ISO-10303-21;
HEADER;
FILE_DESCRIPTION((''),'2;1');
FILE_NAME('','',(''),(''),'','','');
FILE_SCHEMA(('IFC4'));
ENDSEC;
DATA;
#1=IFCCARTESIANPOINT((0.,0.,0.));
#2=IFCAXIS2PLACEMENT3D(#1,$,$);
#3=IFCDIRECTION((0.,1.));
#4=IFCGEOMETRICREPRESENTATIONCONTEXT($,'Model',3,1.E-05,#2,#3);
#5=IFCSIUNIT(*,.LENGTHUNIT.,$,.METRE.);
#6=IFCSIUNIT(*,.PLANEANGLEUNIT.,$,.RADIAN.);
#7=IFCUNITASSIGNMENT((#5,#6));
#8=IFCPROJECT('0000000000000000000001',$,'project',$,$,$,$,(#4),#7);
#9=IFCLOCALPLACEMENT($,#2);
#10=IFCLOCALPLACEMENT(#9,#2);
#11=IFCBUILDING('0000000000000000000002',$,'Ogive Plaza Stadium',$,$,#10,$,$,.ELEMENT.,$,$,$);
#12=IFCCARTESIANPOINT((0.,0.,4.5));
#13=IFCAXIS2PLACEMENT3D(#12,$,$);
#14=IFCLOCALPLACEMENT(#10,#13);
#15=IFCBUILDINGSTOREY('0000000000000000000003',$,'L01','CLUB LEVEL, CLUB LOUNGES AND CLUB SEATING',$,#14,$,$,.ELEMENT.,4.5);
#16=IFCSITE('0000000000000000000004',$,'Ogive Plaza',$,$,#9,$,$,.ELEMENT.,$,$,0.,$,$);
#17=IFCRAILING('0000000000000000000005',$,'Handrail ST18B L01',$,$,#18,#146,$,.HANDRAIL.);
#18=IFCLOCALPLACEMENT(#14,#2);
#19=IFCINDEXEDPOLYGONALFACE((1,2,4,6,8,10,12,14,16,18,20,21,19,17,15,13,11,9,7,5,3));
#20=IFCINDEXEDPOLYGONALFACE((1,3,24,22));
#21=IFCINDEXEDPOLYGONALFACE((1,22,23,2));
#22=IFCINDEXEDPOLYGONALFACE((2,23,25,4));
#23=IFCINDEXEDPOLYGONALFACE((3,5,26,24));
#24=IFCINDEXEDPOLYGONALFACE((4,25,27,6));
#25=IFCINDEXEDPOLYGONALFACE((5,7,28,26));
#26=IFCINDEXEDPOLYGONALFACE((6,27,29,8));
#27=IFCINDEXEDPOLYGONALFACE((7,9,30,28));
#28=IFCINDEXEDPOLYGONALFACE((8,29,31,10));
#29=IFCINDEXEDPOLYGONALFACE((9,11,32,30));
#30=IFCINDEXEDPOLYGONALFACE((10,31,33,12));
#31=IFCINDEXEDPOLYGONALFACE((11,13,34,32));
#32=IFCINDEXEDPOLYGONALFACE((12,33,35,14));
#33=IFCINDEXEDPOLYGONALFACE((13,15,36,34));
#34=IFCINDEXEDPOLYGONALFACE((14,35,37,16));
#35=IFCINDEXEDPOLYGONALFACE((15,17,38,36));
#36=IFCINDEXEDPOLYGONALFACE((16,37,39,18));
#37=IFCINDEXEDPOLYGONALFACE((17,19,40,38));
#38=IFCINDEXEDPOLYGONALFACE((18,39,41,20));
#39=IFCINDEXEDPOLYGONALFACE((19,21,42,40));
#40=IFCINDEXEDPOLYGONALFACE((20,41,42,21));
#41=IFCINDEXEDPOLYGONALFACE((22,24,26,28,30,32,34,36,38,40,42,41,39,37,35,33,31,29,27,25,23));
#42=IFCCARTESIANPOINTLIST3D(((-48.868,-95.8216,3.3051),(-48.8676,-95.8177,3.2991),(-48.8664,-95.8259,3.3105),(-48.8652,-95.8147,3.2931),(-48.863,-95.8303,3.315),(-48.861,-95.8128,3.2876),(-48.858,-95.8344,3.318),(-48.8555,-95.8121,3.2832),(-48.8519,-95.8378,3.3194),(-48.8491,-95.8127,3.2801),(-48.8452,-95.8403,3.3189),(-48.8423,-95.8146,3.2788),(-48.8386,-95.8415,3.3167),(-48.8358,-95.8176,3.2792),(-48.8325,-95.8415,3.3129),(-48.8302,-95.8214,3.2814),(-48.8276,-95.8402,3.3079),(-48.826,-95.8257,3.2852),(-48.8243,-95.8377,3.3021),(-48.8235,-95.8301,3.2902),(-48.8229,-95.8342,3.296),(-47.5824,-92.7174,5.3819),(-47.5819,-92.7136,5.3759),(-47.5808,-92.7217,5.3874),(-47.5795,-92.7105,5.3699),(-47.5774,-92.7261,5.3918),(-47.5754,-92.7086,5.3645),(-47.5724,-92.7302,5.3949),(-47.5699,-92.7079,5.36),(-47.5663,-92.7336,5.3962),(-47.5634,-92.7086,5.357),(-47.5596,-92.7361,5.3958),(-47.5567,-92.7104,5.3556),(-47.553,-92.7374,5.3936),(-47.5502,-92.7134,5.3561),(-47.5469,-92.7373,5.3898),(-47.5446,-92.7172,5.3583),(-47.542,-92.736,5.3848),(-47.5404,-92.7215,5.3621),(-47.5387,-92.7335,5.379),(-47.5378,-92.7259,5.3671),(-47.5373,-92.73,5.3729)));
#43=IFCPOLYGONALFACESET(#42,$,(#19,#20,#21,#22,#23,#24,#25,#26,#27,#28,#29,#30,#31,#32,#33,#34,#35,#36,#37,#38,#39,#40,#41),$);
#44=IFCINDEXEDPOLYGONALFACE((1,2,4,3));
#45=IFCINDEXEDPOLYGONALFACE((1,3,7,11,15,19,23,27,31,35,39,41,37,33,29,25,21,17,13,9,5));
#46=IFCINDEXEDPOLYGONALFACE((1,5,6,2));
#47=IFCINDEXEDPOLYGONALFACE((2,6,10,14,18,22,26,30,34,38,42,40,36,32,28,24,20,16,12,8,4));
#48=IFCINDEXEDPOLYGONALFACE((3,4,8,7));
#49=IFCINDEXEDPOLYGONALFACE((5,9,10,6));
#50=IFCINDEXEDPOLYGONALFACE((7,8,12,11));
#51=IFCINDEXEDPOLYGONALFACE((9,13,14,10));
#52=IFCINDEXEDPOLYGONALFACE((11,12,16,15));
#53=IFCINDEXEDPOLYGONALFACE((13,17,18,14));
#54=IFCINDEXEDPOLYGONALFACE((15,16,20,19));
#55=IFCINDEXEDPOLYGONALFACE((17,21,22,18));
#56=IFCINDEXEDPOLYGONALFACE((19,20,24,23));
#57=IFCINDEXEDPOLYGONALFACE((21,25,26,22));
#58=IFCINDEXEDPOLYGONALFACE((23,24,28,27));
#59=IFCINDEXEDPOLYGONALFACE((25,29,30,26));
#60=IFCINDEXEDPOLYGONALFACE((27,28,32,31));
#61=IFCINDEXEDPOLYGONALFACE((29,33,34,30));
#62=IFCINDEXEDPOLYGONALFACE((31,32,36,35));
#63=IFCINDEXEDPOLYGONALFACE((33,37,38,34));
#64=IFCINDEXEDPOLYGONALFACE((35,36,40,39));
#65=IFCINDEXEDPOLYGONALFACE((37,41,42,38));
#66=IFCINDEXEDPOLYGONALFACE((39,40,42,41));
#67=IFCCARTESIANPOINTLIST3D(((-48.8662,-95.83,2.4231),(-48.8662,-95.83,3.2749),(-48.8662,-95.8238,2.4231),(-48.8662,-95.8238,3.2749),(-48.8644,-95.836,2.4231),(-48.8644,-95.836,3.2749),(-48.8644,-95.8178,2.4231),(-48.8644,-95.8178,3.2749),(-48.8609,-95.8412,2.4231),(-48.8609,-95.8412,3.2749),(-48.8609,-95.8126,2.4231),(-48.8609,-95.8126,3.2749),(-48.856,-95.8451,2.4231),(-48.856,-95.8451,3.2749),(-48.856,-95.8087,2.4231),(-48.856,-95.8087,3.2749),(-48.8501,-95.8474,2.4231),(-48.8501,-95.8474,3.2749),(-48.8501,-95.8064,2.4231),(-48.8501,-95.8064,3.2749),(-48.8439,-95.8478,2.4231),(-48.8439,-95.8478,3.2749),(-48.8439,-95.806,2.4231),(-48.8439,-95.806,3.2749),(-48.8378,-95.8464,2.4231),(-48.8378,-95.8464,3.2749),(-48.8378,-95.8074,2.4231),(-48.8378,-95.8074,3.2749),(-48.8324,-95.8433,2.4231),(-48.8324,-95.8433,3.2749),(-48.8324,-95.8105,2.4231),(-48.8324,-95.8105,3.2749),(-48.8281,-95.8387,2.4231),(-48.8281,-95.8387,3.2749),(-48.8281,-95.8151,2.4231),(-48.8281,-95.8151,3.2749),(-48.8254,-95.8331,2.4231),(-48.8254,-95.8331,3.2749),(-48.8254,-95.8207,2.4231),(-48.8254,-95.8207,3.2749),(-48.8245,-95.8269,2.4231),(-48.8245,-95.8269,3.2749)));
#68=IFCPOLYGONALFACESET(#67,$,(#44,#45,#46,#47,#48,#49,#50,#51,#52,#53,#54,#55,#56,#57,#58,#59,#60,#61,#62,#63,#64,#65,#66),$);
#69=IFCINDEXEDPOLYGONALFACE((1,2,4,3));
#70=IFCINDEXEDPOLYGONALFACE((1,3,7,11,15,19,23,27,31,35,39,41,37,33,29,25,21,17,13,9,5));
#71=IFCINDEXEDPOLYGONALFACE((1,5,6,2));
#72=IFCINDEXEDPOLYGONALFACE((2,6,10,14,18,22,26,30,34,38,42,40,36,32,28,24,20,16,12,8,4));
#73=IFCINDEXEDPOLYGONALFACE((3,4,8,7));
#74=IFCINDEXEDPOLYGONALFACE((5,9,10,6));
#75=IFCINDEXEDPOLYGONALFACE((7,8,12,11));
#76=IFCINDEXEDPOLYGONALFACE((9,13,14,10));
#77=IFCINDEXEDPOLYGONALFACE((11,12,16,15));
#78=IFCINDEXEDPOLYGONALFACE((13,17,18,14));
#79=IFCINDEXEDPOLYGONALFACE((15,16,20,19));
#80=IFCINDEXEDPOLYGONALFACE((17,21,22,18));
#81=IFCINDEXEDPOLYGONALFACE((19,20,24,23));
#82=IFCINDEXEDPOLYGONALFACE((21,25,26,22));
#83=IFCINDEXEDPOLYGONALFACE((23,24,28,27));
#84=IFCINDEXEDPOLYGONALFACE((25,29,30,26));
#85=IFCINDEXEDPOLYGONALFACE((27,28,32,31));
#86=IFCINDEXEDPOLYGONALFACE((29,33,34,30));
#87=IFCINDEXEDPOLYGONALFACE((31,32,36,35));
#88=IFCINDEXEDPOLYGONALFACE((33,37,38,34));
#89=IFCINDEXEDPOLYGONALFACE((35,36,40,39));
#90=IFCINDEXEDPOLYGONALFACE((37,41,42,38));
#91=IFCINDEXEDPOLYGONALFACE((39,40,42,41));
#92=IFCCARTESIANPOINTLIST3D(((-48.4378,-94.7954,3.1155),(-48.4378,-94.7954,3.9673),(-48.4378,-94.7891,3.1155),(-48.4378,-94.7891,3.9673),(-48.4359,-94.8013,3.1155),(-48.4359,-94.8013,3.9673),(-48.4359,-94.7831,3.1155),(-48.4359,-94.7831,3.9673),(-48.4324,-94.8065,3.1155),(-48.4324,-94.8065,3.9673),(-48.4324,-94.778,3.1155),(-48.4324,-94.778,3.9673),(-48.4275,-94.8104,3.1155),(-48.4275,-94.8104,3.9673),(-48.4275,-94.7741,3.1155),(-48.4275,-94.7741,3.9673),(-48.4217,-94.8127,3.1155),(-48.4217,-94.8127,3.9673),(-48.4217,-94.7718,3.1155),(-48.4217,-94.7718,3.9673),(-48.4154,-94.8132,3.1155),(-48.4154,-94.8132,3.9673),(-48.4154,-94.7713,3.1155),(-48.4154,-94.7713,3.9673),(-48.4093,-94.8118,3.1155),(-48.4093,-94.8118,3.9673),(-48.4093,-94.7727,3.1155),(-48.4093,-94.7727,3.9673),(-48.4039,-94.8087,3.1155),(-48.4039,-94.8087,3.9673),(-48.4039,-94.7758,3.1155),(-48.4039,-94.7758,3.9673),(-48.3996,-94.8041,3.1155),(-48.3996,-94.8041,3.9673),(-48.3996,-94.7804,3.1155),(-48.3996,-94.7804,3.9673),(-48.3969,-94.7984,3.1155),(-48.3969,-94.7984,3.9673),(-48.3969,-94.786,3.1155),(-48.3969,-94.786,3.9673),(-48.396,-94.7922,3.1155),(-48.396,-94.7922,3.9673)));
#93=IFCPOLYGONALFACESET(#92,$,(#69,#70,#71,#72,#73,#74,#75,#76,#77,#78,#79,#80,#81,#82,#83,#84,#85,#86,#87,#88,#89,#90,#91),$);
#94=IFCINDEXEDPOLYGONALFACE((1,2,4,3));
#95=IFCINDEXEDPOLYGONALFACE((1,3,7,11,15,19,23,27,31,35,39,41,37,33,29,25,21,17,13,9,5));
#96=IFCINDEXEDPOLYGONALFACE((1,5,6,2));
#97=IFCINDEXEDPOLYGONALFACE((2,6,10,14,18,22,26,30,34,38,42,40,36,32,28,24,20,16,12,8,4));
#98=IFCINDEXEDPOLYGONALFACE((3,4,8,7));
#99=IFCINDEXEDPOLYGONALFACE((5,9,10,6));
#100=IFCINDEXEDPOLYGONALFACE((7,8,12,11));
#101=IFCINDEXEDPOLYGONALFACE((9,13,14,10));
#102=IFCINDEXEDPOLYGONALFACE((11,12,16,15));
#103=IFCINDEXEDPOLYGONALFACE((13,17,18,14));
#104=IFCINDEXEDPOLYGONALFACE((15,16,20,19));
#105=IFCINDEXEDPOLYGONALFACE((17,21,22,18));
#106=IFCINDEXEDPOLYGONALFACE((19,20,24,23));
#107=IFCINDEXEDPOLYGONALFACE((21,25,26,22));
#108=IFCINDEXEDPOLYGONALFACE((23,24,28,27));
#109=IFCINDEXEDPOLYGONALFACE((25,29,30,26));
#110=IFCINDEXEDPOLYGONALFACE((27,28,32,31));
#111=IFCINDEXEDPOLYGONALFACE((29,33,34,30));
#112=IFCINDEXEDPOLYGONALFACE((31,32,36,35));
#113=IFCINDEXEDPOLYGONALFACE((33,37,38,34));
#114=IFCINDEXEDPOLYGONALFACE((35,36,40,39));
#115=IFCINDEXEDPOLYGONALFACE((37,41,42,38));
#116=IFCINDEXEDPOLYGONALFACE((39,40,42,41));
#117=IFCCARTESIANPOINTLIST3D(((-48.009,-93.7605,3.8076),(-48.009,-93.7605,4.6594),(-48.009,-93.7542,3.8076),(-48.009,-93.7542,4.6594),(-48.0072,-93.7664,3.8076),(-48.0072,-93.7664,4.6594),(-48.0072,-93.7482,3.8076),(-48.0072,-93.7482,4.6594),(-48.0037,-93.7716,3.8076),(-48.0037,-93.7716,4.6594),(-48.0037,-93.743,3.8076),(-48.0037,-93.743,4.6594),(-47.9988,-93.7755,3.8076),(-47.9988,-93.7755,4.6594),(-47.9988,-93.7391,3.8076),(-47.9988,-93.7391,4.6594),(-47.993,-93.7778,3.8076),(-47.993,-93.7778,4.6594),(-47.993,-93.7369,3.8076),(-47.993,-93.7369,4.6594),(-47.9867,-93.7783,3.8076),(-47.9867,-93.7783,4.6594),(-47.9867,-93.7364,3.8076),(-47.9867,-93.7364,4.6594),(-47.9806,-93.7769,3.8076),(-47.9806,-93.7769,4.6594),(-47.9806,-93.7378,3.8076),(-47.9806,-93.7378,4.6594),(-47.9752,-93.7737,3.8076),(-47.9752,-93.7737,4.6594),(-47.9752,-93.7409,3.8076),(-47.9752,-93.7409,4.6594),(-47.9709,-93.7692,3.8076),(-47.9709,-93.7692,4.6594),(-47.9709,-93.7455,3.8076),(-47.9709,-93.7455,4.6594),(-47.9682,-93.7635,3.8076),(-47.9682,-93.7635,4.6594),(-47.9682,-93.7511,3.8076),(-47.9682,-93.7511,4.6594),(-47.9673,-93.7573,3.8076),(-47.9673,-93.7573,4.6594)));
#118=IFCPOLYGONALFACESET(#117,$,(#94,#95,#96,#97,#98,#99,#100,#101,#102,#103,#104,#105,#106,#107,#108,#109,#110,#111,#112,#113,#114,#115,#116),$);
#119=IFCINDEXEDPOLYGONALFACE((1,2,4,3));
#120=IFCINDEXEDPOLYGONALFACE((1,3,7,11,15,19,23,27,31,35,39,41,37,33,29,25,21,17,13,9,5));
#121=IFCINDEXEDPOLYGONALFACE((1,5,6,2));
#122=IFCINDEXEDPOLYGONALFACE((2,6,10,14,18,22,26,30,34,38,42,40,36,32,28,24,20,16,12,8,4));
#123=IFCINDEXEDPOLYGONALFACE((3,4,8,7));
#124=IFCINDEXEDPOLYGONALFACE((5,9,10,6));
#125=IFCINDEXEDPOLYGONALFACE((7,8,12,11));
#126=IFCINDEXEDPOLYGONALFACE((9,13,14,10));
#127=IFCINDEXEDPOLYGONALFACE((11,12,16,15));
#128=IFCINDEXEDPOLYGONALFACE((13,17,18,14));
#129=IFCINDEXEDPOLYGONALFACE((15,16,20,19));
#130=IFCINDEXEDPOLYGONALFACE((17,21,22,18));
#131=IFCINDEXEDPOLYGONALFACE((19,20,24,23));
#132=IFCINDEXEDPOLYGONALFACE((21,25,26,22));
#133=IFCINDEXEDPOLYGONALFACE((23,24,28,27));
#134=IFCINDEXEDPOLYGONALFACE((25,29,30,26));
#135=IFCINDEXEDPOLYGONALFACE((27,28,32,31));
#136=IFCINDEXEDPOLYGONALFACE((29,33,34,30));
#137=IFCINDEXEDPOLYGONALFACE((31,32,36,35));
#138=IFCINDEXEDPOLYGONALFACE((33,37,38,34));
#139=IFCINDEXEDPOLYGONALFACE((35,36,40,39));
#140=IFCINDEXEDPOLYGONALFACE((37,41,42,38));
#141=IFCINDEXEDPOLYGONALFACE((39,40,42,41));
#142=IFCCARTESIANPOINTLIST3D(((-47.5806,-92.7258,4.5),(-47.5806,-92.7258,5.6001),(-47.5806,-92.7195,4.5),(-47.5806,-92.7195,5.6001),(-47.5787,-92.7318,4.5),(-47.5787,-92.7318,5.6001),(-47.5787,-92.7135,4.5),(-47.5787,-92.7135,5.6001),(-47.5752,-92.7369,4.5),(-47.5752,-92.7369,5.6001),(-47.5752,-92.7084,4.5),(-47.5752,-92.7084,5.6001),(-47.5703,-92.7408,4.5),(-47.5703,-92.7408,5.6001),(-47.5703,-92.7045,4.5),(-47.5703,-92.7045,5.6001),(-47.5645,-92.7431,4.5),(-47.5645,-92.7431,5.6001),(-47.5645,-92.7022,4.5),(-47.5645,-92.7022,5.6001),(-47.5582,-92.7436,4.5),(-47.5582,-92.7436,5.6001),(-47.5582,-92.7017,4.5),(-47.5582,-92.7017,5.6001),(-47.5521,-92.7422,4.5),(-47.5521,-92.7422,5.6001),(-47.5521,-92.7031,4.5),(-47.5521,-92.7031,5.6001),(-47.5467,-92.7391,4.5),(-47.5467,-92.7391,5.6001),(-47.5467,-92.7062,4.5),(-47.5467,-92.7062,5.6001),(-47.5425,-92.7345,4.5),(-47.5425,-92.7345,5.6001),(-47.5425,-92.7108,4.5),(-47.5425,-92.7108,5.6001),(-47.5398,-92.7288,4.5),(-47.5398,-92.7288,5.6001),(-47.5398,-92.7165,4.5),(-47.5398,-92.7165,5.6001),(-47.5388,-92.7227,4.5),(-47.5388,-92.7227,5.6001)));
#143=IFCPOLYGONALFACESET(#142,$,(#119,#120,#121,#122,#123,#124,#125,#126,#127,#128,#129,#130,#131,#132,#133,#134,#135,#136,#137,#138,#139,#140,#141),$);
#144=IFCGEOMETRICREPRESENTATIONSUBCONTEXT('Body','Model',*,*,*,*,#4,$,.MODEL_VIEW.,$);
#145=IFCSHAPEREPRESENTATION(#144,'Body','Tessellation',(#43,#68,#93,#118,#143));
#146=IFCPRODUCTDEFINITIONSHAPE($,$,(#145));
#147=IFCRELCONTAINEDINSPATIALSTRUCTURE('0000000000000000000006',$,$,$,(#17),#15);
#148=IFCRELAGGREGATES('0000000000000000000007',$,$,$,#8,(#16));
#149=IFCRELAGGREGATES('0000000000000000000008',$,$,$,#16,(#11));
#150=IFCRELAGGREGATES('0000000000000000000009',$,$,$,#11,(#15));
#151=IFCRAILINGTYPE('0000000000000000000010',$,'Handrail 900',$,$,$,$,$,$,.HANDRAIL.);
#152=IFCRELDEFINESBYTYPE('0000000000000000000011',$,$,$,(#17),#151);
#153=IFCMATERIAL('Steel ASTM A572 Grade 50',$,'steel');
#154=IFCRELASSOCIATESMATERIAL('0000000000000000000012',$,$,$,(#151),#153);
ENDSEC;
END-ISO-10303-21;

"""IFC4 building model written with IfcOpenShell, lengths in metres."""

from ifc_helpers import new_model, si_unit, direction, frame, origin, origin_2d, place, context, subcontext, project, spatial, circle, extrude, material, type_object, element, save


model = new_model("IFC4")

# Units and contexts
model_context = context("Model", 3, precision=1e-05, world=origin(), true_north=direction((0.0, 1.0)))
body_context = subcontext(model_context, "Body", "Model", "MODEL_VIEW")
ifc_project = project(units=[si_unit("LENGTHUNIT", "METRE"), si_unit("PLANEANGLEUNIT", "RADIAN")], contexts=[model_context])

# Site, building, storey
site_placement = place(None, origin())
site = spatial("IfcSite", under=ifc_project, at=site_placement, Name="Ogive Plaza", CompositionType="ELEMENT", RefElevation=0.0)
building_placement = place(site_placement, origin())
building = spatial("IfcBuilding", under=site, at=building_placement, Name="Ogive Plaza Stadium", CompositionType="ELEMENT")
storey_placement = place(building_placement, frame((0.0, 0.0, 4.5)))
storey = spatial("IfcBuildingStorey", under=building, at=storey_placement, Name="L01", Description="CLUB LEVEL, CLUB LOUNGES AND CLUB SEATING", CompositionType="ELEMENT", Elevation=4.5)

# Railing
ifc_material_1 = material(Name="Steel ASTM A572 Grade 50", Category="steel")
railing_type_1 = type_object("IfcRailingType", Name="Handrail 900", PredefinedType="HANDRAIL", material=ifc_material_1)
railing_1_placement = place(storey_placement, frame((-48.8455, -95.8269, 2.4231)))
element("IfcRailing", 1, at=railing_1_placement, inside=storey, type_object=railing_type_1, Name="Handrail ST18B L01", PredefinedType="HANDRAIL", context=body_context, shape_type="SweptSolid", body=[
    extrude(circle(Radius=0.0239, at=origin_2d()), frame((0.0, 0.0, 0.876), z_axis=(0.325477, 0.785879, 0.525794), x_axis=(-0.923898, 0.382638, 0.0)), (0.0, 0.0, 1.0), 3.95),
    extrude(circle(Radius=0.021, at=origin_2d()), origin(), (0.0, 0.0, 1.0), 0.8518),
    extrude(circle(Radius=0.021, at=origin_2d()), frame((0.4285, 1.0347, 0.6924)), (0.0, 0.0, 1.0), 0.8518),
    extrude(circle(Radius=0.021, at=origin_2d()), frame((0.8572, 2.0696, 1.3845)), (0.0, 0.0, 1.0), 0.8518),
    extrude(circle(Radius=0.021, at=origin_2d()), frame((1.2856, 3.1042, 2.0769)), (0.0, 0.0, 1.0), 1.1001),
])

save(model, "model.ifc")
